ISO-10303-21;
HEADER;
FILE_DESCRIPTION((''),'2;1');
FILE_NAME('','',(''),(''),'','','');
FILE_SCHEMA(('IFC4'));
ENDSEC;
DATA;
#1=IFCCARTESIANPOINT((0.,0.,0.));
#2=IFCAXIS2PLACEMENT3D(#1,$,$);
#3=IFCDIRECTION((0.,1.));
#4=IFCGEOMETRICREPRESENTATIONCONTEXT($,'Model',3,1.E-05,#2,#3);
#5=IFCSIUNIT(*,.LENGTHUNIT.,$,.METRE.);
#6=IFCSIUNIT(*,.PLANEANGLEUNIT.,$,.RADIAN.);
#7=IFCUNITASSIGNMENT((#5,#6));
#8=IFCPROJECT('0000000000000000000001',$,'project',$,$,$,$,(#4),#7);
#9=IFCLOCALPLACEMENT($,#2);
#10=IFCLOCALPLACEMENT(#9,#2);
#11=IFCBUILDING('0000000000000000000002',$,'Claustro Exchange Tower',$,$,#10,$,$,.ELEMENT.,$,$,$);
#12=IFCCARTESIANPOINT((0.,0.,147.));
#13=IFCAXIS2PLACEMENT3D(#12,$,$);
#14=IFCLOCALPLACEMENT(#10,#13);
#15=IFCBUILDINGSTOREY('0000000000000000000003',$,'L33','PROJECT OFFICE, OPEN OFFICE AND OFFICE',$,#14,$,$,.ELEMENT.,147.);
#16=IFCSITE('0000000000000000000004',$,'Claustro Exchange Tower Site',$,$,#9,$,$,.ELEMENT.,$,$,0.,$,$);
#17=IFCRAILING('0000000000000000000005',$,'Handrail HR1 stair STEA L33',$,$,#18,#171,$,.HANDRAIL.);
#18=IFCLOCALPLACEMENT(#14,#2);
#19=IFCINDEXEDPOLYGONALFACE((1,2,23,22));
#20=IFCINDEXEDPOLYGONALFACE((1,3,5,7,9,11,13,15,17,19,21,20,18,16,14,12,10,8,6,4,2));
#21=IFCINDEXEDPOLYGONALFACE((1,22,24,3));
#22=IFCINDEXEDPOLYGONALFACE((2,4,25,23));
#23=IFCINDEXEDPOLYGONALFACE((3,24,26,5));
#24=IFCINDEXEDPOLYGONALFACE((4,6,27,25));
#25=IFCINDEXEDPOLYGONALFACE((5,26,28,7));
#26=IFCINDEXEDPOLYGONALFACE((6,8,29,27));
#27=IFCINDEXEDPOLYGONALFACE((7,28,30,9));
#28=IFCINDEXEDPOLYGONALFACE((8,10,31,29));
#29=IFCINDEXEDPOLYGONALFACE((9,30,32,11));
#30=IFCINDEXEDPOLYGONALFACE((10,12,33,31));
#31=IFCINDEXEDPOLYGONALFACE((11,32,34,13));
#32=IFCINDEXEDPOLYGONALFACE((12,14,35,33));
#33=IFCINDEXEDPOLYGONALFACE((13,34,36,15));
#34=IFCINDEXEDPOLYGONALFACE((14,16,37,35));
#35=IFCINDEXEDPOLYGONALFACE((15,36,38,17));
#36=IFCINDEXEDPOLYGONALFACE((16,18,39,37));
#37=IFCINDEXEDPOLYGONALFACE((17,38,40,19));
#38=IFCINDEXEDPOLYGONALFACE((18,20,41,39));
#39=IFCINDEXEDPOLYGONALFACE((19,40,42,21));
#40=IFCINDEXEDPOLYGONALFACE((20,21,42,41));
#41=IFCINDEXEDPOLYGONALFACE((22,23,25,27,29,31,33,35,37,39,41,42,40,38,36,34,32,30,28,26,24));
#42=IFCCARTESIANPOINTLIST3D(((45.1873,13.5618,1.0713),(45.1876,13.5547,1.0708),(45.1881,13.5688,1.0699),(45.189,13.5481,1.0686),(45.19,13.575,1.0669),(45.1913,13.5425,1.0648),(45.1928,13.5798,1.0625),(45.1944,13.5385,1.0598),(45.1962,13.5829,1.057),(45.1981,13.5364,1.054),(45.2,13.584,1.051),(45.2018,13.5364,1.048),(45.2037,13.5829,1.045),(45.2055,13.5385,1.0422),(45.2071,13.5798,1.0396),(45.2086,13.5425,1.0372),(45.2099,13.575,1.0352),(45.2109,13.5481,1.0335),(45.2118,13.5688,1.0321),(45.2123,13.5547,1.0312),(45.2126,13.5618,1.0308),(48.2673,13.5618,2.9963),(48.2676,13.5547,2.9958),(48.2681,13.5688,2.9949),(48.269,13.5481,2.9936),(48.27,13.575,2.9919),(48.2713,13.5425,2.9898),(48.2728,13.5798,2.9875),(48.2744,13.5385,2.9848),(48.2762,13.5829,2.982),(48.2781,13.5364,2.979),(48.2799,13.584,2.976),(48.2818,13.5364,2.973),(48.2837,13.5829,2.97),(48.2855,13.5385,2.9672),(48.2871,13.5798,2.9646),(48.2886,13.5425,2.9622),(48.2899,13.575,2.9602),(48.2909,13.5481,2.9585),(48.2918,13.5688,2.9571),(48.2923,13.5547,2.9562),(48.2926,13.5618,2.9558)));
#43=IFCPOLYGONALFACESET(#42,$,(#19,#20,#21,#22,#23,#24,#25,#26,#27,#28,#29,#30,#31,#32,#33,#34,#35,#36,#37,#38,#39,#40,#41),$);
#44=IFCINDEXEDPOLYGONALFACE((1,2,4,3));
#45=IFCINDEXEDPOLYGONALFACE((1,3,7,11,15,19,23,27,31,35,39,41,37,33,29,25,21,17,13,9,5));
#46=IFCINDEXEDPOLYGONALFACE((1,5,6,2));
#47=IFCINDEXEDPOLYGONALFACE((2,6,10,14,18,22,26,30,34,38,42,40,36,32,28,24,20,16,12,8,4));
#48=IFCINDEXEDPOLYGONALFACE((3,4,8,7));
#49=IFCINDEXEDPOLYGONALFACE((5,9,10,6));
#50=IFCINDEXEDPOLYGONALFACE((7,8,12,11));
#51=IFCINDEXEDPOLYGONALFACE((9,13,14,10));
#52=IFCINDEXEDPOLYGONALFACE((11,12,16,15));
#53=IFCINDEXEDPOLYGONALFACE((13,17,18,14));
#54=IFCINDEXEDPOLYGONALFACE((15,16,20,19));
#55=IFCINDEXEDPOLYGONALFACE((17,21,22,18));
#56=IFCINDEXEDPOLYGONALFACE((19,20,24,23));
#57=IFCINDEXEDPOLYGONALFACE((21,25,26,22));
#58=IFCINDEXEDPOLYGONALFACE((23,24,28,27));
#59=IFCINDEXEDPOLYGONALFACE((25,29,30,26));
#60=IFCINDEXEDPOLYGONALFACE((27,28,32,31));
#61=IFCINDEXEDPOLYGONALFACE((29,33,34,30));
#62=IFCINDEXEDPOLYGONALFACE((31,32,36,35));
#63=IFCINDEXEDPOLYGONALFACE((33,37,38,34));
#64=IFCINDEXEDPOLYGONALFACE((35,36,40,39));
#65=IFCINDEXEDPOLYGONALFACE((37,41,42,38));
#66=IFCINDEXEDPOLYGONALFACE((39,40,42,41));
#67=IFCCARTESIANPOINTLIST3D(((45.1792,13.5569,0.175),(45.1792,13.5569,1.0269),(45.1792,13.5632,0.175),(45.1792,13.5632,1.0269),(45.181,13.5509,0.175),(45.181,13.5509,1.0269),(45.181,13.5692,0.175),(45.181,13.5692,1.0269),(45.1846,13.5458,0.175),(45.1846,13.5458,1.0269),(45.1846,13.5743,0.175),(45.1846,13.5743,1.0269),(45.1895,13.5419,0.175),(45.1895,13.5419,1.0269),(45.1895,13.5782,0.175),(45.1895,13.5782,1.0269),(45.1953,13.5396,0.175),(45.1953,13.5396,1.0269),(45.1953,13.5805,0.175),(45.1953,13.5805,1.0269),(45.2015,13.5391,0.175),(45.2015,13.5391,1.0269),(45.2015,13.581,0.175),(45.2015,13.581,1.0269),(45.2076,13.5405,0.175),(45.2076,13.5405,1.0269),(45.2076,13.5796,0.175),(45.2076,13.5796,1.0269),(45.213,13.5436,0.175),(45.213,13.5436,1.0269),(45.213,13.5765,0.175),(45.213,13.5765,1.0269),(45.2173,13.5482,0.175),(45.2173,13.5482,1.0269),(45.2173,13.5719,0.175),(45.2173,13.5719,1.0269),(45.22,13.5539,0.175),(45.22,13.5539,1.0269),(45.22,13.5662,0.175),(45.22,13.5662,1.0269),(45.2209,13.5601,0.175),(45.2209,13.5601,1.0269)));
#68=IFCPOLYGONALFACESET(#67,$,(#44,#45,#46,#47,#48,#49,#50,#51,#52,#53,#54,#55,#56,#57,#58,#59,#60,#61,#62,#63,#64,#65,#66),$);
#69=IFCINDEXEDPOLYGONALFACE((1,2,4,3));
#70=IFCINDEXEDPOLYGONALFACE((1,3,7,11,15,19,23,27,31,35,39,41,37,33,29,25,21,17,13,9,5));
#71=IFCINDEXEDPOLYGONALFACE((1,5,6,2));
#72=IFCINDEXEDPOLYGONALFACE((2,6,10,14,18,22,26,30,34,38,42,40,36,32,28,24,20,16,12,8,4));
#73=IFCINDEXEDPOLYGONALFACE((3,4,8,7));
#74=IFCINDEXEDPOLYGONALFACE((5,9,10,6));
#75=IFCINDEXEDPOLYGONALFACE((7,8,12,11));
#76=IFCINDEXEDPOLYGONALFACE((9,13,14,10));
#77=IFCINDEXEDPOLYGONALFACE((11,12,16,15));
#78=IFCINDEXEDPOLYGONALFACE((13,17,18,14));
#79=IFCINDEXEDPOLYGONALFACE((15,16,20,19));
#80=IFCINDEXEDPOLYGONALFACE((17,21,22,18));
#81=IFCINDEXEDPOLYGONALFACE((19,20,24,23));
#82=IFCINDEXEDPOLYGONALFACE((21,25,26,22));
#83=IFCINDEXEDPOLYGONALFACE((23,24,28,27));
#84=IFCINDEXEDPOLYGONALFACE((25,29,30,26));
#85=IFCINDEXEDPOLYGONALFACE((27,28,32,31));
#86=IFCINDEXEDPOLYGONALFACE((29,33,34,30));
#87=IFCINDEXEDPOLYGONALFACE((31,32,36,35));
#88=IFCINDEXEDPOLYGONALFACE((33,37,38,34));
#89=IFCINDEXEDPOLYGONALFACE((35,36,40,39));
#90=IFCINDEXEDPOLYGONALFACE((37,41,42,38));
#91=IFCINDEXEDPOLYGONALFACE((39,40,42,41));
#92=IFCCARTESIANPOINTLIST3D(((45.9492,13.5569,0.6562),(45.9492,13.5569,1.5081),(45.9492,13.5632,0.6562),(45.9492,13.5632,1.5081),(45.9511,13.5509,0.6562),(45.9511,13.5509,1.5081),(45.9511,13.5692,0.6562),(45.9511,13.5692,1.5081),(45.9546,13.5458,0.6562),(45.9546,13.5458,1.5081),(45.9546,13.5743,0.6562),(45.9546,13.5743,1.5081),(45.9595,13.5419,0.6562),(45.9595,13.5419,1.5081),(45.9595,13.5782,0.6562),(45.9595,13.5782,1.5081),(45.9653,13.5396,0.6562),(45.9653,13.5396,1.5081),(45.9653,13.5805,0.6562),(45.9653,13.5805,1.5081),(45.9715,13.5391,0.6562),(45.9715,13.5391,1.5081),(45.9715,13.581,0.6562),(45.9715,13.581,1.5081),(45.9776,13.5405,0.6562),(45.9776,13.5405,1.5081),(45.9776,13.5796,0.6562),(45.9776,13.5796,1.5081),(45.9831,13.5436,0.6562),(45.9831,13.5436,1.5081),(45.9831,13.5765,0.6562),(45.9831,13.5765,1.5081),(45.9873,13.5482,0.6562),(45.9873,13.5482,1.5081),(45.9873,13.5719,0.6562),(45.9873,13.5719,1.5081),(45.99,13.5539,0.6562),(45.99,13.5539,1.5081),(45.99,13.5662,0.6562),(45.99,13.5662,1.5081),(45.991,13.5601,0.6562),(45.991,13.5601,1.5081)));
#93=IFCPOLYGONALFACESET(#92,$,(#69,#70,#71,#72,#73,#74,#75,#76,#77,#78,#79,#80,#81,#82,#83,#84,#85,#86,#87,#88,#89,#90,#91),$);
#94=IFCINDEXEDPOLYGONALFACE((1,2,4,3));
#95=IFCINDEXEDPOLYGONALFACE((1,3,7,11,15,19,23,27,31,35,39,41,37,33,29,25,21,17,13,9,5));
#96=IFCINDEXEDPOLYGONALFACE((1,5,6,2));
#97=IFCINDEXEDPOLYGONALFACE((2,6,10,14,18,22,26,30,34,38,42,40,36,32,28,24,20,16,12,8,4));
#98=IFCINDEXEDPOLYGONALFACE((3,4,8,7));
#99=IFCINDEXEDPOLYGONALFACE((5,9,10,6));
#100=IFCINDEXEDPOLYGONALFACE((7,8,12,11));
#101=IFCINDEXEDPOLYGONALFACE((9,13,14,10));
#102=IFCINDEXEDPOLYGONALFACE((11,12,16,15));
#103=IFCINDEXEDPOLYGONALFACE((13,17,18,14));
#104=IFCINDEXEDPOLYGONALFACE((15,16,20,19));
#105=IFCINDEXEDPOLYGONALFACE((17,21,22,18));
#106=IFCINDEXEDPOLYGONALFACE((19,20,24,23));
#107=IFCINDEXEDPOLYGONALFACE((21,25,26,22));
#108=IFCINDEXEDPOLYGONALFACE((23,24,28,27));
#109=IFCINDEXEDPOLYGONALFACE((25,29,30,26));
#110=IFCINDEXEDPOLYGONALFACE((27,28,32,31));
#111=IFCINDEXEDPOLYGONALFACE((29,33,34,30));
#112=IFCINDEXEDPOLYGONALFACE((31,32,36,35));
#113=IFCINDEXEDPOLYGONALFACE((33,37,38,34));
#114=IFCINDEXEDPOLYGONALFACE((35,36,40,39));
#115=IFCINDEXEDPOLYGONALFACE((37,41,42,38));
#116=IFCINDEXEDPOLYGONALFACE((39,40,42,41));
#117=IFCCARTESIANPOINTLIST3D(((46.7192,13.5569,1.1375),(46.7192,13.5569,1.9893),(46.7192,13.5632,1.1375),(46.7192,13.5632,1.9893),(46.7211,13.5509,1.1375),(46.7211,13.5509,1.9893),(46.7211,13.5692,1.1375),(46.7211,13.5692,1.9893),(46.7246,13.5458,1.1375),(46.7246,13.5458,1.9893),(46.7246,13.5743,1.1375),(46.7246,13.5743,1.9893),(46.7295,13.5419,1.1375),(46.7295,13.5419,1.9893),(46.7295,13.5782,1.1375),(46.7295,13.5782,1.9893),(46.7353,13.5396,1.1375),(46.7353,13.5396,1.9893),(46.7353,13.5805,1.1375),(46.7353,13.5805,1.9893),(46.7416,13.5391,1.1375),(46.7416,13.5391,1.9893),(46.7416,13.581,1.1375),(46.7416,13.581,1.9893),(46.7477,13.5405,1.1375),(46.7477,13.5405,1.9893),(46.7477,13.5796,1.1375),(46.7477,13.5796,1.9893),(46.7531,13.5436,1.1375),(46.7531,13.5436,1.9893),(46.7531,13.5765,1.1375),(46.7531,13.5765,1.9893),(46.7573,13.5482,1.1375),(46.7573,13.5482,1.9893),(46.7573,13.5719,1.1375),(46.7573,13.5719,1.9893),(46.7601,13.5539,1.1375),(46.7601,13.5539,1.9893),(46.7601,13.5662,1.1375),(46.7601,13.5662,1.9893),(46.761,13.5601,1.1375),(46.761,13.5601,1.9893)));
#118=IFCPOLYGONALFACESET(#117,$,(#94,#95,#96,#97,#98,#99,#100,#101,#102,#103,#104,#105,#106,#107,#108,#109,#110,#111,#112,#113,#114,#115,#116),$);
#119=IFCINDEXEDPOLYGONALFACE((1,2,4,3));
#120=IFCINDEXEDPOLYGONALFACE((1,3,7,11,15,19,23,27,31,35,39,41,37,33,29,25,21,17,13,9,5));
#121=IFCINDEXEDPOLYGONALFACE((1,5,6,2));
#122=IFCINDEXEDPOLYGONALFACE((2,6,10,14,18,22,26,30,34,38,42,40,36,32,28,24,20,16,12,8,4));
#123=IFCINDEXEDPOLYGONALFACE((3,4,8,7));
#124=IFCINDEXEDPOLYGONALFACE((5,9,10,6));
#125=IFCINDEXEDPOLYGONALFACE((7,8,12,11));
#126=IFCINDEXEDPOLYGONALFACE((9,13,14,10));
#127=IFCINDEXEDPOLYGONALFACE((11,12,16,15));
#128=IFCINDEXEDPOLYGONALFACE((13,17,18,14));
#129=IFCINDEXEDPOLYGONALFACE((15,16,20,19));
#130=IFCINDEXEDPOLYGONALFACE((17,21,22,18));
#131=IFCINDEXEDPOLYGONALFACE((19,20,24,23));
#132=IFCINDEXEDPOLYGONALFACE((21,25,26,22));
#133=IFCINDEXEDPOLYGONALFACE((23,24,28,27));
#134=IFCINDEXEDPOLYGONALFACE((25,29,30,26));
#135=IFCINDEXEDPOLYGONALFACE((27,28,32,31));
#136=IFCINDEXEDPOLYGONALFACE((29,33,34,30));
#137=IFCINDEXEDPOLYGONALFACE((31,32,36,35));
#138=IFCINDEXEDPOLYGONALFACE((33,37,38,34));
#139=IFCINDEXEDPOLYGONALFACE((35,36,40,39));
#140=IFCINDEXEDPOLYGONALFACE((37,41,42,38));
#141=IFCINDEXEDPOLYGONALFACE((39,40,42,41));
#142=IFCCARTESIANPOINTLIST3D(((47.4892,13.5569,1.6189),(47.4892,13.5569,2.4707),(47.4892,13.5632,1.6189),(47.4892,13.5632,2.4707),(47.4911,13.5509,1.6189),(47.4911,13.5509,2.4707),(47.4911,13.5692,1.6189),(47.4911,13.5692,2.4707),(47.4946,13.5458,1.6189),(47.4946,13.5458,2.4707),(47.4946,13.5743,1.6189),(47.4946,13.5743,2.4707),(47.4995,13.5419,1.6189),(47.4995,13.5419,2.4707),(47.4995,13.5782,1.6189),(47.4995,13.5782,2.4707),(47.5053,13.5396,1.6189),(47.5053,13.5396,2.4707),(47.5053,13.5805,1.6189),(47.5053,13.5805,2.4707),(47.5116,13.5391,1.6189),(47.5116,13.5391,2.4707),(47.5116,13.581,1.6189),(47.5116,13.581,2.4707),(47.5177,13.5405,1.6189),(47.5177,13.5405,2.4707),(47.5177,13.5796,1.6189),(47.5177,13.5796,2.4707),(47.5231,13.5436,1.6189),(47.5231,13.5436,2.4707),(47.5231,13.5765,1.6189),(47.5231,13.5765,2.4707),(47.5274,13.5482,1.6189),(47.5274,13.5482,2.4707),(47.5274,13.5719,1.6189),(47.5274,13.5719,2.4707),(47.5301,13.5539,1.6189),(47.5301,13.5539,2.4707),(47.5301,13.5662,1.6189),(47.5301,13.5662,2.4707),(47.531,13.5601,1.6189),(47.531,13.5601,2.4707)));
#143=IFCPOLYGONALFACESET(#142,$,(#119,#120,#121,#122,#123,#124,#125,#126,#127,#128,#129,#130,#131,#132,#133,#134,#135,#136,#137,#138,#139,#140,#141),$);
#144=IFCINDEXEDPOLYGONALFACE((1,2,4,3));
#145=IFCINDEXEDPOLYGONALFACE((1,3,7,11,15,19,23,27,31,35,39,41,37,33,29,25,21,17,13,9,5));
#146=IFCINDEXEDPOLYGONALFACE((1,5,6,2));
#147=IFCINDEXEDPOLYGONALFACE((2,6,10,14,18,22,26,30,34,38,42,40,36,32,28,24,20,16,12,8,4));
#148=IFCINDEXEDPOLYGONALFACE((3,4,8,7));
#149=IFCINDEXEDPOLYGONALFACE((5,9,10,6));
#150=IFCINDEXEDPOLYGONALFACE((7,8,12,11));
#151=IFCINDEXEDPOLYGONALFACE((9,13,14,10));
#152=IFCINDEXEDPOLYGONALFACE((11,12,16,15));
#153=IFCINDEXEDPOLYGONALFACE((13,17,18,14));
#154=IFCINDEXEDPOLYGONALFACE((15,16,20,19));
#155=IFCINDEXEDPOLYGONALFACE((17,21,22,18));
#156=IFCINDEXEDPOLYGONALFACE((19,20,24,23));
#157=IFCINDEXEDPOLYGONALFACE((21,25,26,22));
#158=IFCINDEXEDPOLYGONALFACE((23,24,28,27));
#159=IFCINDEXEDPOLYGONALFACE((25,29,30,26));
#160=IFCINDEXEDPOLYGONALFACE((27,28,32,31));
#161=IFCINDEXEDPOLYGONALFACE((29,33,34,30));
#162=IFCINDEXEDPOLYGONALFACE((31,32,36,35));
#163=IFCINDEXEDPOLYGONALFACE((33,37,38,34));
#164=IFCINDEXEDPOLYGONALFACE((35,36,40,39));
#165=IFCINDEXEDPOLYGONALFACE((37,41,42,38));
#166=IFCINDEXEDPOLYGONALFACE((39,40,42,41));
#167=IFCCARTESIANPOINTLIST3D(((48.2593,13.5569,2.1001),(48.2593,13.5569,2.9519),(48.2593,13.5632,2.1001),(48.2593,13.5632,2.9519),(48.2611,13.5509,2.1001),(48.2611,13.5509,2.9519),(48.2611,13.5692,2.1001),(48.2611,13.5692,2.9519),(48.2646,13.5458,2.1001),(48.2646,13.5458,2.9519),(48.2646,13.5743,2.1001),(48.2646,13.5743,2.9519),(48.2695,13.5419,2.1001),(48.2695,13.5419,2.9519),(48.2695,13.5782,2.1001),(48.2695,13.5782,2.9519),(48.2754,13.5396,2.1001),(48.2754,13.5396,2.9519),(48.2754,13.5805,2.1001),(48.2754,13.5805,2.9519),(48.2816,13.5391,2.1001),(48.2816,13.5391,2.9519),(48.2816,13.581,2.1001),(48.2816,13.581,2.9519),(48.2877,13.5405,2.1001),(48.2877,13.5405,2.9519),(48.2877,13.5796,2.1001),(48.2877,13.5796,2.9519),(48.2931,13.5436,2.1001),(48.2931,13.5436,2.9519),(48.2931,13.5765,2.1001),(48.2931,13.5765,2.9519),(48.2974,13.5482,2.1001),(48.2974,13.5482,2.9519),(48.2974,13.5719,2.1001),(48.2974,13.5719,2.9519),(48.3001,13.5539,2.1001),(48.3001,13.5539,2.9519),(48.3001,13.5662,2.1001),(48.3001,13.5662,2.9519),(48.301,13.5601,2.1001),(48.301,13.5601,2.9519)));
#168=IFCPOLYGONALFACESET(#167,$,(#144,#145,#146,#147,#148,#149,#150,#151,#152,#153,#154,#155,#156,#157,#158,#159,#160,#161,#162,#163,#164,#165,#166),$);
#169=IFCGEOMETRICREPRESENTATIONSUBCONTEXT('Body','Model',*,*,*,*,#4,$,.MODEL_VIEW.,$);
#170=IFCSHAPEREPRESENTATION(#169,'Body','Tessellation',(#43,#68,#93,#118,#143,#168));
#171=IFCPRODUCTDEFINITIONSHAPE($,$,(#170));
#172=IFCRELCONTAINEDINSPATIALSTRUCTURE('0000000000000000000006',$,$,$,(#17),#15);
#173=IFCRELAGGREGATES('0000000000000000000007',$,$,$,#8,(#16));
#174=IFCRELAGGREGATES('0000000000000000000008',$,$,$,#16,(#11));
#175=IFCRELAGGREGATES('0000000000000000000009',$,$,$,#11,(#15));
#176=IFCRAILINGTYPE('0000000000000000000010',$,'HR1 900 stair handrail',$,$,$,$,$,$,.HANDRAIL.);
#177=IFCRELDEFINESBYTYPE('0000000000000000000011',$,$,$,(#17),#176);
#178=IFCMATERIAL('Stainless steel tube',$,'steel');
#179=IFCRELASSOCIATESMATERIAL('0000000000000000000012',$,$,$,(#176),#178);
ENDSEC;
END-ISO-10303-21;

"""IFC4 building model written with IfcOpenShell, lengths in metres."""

from ifc_helpers import new_model, si_unit, direction, frame, origin, origin_2d, place, context, subcontext, project, spatial, circle, extrude, material, type_object, element, save


model = new_model("IFC4")

# Units and contexts
model_context = context("Model", 3, precision=1e-05, world=origin(), true_north=direction((0.0, 1.0)))
body_context = subcontext(model_context, "Body", "Model", "MODEL_VIEW")
ifc_project = project(units=[si_unit("LENGTHUNIT", "METRE"), si_unit("PLANEANGLEUNIT", "RADIAN")], contexts=[model_context])

# Site, building, storey
site_placement = place(None, origin())
site = spatial("IfcSite", under=ifc_project, at=site_placement, Name="Claustro Exchange Tower Site", CompositionType="ELEMENT", RefElevation=0.0)
building_placement = place(site_placement, origin())
building = spatial("IfcBuilding", under=site, at=building_placement, Name="Claustro Exchange Tower", CompositionType="ELEMENT")
storey_placement = place(building_placement, frame((0.0, 0.0, 147.0)))
storey = spatial("IfcBuildingStorey", under=building, at=storey_placement, Name="L33", Description="PROJECT OFFICE, OPEN OFFICE AND OFFICE", CompositionType="ELEMENT", Elevation=147.0)

# Railing
ifc_material_1 = material(Name="Stainless steel tube", Category="steel")
railing_type_1 = type_object("IfcRailingType", Name="HR1 900 stair handrail", PredefinedType="HANDRAIL", material=ifc_material_1)
railing_1_placement = place(storey_placement, frame((45.2, 13.5601, 0.175)))
element("IfcRailing", 1, at=railing_1_placement, inside=storey, type_object=railing_type_1, Name="Handrail HR1 stair STEA L33", PredefinedType="HANDRAIL", context=body_context, shape_type="SweptSolid", body=[
    extrude(circle(Radius=0.0239, at=origin_2d()), frame((0.0, 0.0, 0.876), z_axis=(0.847998, 0.0, 0.529999), x_axis=(0.0, 1.0, 0.0)), (0.0, 0.0, 1.0), 3.6321),
    extrude(circle(Radius=0.021, at=origin_2d()), origin(), (0.0, 0.0, 1.0), 0.8518),
    extrude(circle(Radius=0.021, at=origin_2d()), frame((0.77, 0.0, 0.4812)), (0.0, 0.0, 1.0), 0.8518),
    extrude(circle(Radius=0.021, at=origin_2d()), frame((1.54, 0.0, 0.9624)), (0.0, 0.0, 1.0), 0.8518),
    extrude(circle(Radius=0.021, at=origin_2d()), frame((2.3101, 0.0, 1.4438)), (0.0, 0.0, 1.0), 0.8518),
    extrude(circle(Radius=0.021, at=origin_2d()), frame((3.0801, 0.0, 1.925)), (0.0, 0.0, 1.0), 0.8518),
])

save(model, "model.ifc")
